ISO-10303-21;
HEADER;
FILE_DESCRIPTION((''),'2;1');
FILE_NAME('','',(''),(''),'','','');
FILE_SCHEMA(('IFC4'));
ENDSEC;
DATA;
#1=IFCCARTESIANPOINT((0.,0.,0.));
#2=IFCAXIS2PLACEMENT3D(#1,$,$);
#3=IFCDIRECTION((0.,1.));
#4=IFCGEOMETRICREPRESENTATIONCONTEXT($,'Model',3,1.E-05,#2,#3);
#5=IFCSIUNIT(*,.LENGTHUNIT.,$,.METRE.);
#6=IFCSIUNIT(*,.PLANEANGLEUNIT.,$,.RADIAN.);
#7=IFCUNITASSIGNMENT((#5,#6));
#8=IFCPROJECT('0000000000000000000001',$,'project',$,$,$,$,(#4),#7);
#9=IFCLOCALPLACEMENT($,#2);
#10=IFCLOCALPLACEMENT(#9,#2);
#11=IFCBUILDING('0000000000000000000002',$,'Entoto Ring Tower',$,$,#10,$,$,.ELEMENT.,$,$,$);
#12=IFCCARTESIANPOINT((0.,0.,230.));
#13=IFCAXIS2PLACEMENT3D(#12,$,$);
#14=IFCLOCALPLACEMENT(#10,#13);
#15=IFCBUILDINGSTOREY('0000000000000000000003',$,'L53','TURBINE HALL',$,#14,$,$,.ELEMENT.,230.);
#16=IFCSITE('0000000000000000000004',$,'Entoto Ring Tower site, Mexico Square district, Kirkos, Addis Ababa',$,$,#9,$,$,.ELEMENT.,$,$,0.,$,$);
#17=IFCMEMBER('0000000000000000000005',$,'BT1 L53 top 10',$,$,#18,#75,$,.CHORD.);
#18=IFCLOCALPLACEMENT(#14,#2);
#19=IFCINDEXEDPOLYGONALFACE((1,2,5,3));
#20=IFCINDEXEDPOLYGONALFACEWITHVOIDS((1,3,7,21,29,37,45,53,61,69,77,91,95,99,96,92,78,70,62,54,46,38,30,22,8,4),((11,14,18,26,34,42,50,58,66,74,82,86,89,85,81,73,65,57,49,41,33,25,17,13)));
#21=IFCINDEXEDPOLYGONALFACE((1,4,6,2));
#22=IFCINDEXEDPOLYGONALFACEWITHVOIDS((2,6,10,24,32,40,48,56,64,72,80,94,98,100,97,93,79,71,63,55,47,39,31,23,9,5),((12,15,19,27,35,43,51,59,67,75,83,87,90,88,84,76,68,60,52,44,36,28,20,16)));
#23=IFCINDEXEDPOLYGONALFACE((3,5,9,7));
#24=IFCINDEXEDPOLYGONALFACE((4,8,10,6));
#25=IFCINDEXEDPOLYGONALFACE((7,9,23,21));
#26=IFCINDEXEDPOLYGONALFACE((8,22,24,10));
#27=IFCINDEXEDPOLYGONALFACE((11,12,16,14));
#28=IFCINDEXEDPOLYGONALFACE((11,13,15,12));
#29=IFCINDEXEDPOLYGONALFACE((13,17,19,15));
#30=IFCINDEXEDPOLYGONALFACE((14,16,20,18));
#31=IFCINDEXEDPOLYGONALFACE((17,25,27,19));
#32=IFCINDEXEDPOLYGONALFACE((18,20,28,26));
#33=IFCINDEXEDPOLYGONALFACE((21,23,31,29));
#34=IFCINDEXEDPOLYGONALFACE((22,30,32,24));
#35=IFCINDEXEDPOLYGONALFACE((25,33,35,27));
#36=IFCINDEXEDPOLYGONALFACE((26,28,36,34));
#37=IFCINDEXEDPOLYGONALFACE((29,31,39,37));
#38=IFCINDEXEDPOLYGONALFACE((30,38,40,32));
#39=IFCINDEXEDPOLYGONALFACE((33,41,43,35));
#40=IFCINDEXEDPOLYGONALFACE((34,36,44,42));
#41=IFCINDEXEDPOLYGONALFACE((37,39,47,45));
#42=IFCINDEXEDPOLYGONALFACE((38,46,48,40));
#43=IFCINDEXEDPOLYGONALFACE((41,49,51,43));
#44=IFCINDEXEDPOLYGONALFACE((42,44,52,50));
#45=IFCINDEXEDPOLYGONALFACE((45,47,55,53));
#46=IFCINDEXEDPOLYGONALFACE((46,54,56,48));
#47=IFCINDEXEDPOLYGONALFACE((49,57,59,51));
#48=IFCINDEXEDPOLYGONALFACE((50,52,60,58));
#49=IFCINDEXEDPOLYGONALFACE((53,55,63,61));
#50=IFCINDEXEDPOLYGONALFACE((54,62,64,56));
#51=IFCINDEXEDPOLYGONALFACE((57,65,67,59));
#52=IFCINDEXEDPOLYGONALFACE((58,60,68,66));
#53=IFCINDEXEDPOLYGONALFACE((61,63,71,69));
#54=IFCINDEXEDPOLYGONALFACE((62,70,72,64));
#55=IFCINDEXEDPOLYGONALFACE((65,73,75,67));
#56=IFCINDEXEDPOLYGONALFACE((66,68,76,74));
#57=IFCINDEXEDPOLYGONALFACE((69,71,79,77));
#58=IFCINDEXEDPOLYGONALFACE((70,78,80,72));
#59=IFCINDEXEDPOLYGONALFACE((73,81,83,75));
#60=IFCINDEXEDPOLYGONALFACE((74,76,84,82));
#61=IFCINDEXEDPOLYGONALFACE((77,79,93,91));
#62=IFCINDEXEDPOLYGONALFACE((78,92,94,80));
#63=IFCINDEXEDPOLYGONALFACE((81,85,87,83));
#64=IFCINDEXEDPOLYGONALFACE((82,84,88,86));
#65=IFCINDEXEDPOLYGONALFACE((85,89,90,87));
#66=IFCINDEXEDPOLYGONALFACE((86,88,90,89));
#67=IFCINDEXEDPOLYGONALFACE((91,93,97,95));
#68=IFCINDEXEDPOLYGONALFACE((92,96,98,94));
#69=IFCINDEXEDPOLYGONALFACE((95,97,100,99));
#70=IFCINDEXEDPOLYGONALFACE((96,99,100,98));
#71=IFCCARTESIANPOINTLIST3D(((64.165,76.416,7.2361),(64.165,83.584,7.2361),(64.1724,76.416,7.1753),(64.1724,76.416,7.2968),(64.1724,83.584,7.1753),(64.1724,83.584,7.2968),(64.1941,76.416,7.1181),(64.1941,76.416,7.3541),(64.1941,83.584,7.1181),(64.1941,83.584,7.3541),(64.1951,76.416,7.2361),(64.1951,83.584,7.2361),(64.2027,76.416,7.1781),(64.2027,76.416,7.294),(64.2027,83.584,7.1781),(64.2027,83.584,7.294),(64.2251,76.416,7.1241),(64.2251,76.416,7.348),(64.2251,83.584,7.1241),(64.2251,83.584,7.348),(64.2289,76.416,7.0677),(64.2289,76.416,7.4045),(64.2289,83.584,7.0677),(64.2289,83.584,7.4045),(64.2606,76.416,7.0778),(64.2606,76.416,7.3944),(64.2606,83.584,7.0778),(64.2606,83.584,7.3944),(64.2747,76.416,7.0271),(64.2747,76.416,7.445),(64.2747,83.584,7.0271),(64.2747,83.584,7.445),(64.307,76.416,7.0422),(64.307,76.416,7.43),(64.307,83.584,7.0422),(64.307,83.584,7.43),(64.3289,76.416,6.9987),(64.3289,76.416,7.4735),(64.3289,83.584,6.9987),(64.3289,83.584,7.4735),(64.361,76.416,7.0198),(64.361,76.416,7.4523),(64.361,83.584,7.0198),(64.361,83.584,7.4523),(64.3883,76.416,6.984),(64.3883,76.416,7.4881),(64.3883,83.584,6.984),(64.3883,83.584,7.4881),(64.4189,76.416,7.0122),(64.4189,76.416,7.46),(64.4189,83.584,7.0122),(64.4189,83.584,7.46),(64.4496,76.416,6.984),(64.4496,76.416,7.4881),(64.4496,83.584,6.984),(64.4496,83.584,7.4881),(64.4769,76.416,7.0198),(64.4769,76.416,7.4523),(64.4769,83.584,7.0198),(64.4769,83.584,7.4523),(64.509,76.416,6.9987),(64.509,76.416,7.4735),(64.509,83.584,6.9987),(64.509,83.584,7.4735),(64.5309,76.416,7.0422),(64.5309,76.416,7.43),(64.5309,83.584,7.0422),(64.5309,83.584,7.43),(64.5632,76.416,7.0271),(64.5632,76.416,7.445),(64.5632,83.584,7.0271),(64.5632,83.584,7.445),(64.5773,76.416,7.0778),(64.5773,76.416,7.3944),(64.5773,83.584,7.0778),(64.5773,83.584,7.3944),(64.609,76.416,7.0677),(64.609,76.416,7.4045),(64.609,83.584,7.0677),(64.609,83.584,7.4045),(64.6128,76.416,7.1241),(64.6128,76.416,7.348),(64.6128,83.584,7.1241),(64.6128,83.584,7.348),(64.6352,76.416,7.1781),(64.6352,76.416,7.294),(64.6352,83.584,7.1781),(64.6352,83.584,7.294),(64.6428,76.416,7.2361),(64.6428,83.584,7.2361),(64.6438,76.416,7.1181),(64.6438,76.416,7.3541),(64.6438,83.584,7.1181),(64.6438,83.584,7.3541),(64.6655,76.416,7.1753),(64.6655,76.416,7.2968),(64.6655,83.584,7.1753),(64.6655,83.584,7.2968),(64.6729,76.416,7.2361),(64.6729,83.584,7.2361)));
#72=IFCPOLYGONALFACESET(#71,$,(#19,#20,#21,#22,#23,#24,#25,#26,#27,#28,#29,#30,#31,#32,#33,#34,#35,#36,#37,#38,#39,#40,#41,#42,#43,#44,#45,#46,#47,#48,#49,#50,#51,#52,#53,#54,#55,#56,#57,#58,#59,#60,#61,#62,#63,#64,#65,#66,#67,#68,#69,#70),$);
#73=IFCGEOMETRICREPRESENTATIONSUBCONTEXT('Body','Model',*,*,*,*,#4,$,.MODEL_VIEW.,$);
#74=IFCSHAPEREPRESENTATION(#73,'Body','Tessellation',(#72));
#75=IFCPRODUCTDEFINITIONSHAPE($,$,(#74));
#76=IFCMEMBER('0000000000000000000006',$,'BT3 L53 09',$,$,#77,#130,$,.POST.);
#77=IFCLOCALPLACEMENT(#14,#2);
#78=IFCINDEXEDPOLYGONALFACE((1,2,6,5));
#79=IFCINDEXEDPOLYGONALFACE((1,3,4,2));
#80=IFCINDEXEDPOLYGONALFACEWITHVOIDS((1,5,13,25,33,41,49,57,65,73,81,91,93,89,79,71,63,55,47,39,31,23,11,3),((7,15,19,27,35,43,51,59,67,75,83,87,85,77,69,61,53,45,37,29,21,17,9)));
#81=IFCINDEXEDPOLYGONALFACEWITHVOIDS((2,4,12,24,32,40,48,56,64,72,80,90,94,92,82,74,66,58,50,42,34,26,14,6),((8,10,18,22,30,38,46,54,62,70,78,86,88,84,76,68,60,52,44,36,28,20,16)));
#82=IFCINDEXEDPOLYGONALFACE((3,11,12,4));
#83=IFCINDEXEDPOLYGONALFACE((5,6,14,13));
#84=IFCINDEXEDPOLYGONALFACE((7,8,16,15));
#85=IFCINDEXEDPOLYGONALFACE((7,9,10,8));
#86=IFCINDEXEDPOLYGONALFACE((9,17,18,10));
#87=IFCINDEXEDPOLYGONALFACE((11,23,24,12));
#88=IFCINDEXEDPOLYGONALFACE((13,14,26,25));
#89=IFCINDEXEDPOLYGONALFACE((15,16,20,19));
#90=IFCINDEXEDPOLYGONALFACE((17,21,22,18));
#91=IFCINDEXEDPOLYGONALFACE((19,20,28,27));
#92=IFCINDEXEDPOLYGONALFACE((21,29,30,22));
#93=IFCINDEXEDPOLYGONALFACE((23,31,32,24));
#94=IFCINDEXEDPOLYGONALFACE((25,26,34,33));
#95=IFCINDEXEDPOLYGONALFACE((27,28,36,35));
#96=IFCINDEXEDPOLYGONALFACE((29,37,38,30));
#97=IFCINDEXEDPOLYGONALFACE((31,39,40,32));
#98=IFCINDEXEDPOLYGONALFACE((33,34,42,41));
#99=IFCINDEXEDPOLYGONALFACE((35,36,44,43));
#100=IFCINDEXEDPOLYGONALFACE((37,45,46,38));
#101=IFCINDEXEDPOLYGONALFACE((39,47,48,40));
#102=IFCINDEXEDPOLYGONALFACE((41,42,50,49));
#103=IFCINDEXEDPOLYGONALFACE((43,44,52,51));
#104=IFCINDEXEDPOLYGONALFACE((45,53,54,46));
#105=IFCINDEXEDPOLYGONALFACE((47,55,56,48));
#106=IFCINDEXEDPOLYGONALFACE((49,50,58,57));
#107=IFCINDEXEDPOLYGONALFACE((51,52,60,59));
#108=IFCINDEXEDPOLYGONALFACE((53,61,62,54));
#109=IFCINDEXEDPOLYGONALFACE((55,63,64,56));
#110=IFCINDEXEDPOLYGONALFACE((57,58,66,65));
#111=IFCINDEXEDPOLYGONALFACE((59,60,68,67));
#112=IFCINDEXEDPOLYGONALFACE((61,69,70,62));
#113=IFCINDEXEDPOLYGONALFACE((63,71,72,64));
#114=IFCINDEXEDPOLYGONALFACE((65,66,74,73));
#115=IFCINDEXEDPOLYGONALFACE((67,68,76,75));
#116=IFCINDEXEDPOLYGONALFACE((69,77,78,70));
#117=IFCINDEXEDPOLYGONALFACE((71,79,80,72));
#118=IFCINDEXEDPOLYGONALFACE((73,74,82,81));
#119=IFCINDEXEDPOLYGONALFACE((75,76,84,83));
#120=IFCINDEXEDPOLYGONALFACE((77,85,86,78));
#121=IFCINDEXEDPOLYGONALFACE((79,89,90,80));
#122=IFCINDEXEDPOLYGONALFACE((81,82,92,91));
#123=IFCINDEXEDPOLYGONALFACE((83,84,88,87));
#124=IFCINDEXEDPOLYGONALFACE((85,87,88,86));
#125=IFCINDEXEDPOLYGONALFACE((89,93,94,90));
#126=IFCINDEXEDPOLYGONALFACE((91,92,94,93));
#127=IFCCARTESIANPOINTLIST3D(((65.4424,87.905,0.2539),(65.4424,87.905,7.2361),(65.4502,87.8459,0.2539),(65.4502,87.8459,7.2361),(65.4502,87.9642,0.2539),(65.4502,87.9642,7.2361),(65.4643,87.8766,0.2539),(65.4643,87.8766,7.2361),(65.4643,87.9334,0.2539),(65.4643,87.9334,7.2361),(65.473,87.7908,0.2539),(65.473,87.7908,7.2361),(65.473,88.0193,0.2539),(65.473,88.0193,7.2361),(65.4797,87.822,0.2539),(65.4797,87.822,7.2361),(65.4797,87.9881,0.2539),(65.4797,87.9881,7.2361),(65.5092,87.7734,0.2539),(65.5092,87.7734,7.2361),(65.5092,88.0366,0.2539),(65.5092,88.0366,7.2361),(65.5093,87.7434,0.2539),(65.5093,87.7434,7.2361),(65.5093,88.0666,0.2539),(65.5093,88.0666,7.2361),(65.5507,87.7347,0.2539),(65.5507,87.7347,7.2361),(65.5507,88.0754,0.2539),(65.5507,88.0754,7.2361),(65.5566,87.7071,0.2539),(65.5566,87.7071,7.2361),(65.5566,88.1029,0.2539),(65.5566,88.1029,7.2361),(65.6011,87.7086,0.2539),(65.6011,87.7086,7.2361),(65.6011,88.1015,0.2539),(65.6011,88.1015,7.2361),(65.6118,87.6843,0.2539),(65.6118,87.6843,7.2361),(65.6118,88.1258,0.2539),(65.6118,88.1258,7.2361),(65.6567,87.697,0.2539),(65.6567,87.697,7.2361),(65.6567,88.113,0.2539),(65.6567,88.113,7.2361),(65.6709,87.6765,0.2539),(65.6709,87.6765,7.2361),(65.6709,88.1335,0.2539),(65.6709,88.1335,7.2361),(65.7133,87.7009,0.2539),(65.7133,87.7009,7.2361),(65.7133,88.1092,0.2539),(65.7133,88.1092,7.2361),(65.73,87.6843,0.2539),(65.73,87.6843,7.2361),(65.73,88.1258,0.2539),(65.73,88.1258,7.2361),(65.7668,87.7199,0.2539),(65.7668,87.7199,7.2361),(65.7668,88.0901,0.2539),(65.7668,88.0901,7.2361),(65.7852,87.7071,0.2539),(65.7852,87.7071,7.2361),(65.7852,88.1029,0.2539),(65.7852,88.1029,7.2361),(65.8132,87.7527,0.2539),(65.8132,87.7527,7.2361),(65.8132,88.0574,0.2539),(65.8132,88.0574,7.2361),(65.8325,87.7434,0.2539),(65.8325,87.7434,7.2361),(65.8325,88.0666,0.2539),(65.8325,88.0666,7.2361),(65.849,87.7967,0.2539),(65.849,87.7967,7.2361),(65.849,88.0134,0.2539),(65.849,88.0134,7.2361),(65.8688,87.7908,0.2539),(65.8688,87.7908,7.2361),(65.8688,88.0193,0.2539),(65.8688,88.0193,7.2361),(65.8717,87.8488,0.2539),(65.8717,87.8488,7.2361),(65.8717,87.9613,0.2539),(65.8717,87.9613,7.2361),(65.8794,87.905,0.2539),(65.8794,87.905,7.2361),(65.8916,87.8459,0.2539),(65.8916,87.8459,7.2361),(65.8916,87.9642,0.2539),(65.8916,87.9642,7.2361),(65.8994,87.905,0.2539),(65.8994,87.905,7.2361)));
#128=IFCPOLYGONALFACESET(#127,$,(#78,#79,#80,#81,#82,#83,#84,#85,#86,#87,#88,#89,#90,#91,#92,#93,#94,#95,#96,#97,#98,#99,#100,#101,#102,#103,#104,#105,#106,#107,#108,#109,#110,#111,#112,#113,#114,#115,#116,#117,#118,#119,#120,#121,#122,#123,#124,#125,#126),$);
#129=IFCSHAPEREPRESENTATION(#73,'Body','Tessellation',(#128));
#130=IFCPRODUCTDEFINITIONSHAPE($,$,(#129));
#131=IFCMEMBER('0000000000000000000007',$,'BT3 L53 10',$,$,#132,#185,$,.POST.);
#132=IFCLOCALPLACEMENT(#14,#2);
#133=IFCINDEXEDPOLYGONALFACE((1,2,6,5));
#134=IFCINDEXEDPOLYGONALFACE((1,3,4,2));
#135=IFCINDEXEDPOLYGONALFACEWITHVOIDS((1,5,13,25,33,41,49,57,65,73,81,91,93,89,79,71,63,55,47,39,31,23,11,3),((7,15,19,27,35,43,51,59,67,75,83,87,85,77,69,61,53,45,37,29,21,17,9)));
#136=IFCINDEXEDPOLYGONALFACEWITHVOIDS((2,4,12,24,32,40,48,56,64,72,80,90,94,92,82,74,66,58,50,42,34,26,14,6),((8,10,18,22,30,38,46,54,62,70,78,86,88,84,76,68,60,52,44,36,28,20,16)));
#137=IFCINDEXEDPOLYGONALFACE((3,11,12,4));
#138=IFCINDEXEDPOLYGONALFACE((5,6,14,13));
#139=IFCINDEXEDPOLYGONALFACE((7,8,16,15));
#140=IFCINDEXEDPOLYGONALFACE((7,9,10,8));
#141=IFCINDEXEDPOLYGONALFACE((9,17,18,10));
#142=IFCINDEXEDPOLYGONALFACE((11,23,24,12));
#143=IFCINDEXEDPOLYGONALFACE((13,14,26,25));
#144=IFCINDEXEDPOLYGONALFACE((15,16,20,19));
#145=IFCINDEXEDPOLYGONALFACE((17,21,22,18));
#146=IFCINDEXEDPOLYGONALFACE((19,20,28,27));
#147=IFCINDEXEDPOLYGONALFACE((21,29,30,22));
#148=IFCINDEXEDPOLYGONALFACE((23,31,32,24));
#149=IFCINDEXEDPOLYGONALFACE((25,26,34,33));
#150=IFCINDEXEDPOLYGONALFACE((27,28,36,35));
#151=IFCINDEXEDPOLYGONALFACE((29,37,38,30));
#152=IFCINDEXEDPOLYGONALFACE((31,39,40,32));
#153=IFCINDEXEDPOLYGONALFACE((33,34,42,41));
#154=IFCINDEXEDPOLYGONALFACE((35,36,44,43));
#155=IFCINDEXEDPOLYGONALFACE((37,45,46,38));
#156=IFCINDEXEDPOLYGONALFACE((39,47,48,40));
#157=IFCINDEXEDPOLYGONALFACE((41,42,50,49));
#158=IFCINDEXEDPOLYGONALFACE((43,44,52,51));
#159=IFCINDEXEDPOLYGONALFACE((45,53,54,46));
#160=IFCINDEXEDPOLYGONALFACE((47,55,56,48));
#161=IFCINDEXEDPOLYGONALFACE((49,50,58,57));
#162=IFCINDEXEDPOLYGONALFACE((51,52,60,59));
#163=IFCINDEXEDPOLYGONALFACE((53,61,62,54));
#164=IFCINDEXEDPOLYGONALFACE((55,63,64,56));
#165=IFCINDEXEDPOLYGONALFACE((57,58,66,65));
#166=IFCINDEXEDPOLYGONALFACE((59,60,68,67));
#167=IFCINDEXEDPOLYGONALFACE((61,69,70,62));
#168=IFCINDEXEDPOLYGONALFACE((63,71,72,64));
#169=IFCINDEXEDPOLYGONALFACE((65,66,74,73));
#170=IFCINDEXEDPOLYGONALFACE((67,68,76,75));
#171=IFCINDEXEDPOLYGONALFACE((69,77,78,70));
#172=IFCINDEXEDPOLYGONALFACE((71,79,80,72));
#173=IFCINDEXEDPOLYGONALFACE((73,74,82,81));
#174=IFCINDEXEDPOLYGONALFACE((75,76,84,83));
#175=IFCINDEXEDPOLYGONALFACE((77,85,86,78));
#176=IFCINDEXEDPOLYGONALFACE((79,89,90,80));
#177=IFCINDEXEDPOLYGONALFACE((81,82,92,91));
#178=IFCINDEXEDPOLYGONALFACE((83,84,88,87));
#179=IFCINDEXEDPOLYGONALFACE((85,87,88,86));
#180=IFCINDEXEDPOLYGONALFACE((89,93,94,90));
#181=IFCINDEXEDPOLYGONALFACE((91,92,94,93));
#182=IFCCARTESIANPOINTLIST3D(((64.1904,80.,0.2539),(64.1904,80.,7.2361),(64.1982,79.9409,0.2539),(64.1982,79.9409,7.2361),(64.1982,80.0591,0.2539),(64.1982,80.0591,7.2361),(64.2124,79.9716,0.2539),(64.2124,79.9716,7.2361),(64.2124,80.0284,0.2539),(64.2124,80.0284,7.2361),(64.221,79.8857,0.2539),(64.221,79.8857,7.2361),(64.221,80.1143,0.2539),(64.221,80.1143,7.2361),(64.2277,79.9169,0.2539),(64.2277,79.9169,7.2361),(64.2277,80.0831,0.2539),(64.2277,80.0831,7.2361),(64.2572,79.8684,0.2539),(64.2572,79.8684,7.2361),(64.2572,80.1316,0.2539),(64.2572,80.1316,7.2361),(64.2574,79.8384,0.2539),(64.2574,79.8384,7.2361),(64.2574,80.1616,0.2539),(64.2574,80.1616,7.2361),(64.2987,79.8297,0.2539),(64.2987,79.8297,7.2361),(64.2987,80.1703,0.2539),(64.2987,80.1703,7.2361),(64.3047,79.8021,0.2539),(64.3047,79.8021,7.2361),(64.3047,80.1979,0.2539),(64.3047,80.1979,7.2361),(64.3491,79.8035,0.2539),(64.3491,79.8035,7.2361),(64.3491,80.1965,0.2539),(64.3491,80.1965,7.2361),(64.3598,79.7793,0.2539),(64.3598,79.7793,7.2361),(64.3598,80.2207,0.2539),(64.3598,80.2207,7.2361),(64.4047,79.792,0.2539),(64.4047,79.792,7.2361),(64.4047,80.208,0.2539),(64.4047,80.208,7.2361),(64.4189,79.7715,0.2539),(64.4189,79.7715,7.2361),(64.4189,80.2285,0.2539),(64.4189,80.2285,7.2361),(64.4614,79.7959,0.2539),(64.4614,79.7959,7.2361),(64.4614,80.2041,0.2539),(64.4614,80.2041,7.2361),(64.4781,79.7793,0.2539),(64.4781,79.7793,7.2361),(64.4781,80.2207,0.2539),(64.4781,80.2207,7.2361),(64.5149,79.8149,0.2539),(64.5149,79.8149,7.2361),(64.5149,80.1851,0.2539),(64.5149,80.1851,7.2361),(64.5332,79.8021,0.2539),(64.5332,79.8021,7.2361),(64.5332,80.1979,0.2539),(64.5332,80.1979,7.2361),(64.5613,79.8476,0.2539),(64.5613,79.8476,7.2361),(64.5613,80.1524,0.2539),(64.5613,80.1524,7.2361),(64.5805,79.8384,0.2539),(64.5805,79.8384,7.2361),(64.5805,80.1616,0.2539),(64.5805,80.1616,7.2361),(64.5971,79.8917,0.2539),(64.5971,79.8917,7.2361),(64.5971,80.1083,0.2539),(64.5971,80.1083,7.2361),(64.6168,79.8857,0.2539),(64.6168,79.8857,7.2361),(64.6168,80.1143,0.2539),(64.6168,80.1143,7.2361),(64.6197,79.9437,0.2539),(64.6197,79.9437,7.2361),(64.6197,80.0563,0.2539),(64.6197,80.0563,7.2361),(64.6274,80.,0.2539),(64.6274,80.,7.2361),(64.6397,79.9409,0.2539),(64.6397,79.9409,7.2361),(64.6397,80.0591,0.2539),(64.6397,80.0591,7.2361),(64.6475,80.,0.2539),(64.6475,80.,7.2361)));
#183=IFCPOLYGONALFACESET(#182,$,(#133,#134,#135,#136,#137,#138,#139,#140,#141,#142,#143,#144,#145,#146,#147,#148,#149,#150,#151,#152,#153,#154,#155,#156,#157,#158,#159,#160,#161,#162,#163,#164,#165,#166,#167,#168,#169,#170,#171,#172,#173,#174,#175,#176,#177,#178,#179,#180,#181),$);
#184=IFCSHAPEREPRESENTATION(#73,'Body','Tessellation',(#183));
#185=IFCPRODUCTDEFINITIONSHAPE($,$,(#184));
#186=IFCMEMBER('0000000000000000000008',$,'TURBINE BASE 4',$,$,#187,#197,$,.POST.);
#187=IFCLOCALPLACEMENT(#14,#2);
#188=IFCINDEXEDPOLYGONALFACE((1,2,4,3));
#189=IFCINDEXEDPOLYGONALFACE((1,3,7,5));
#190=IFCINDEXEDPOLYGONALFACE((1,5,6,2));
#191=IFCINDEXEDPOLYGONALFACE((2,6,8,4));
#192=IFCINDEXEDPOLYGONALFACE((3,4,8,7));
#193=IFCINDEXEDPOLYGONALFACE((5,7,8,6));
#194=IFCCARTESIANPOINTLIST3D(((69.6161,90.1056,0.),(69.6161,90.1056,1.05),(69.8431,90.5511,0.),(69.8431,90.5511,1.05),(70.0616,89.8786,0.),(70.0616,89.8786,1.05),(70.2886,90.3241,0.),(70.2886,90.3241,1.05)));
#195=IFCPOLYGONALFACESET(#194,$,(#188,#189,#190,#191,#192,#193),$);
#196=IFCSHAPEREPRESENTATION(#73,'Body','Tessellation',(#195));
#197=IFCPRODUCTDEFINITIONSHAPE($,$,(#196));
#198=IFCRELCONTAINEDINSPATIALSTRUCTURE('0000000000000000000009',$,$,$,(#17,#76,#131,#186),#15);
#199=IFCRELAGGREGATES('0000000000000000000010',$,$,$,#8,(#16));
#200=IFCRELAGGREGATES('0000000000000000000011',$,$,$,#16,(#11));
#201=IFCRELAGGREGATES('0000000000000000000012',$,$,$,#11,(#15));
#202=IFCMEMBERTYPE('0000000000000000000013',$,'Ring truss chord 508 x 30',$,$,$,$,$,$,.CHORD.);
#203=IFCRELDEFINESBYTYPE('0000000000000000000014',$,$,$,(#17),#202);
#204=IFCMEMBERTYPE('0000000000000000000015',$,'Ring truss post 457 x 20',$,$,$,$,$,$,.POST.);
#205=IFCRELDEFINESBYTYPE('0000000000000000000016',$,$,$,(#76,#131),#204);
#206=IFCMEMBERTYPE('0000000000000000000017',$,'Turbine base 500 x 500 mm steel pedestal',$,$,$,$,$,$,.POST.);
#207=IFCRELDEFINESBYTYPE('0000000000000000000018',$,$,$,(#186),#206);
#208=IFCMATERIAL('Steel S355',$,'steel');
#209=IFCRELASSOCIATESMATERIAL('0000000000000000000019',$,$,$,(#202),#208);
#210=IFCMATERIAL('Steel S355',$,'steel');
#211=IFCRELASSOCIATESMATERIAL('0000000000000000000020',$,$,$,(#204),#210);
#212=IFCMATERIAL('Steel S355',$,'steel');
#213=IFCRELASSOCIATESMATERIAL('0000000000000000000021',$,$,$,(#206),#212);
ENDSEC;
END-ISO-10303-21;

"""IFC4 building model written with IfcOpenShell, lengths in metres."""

from ifc_helpers import new_model, si_unit, direction, frame, origin, origin_2d, place, context, subcontext, project, spatial, rectangle, circle, hollow_circle, extrude, material, material_profile, profile_set, type_object, element, save


model = new_model("IFC4")

# Units and contexts
model_context = context("Model", 3, precision=1e-05, world=origin(), true_north=direction((0.0, 1.0)))
body_context = subcontext(model_context, "Body", "Model", "MODEL_VIEW")
ifc_project = project(units=[si_unit("LENGTHUNIT", "METRE"), si_unit("PLANEANGLEUNIT", "RADIAN")], contexts=[model_context])

# Site, building, storey
site_placement = place(None, origin())
site = spatial("IfcSite", under=ifc_project, at=site_placement, Name="Entoto Ring Tower site, Mexico Square district, Kirkos, Addis Ababa", CompositionType="ELEMENT", RefElevation=0.0)
building_placement = place(site_placement, origin())
building = spatial("IfcBuilding", under=site, at=building_placement, Name="Entoto Ring Tower", CompositionType="ELEMENT")
storey_placement = place(building_placement, frame((0.0, 0.0, 230.0)))
storey = spatial("IfcBuildingStorey", under=building, at=storey_placement, Name="L53", Description="TURBINE HALL", CompositionType="ELEMENT", Elevation=230.0)

# Members
ifc_material_1 = material(Name="Steel S355", Category="steel")
ifc_material_profile_1 = material_profile(ifc_material_1, hollow_circle(Radius=0.2539, WallThickness=0.03, at=origin_2d()), Name="CHS 508 x 30")
ifc_material_2 = material(Name="Concrete C60/75", Category="concrete")
ifc_material_profile_2 = material_profile(ifc_material_2, circle(Radius=0.2241, at=origin_2d()), Name="Concrete C60/75 infill")
ifc_profile_set_1 = profile_set([ifc_material_profile_1, ifc_material_profile_2], Name="Steel S355")
member_type_1 = type_object("IfcMemberType", Name="Ring truss chord 508 x 30", PredefinedType="CHORD", material=ifc_profile_set_1)
for number, where, z_axis, x_axis, name in (
    (1, (64.4189, 83.584, 7.2361), (0.0, -1.0, 0.0), (1.0, 0.0, 0.0), "BT1 L53 top 10"),
):
    element("IfcMember", number, at=place(storey_placement, frame(where, z_axis=z_axis, x_axis=x_axis)), inside=storey, type_object=member_type_1, Name=name, PredefinedType="CHORD", context=body_context, shape_type="SweptSolid", body=[
        extrude(hollow_circle(Radius=0.2539, WallThickness=0.03, at=origin_2d()), origin(), (0.0, 0.0, 1.0), 7.168),
    ])
ifc_material_3 = material(Name="Steel S355", Category="steel")
ifc_material_profile_3 = material_profile(ifc_material_3, hollow_circle(Radius=0.2285, WallThickness=0.02, at=origin_2d()), Name="CHS 457 x 20")
ifc_material_4 = material(Name="Concrete C60/75", Category="concrete")
ifc_material_profile_4 = material_profile(ifc_material_4, circle(Radius=0.2085, at=origin_2d()), Name="Concrete C60/75 infill")
ifc_profile_set_2 = profile_set([ifc_material_profile_3, ifc_material_profile_4], Name="Steel S355")
member_type_2 = type_object("IfcMemberType", Name="Ring truss post 457 x 20", PredefinedType="POST", material=ifc_profile_set_2)
for number, where, z_axis, x_axis, name in (
    (2, (65.6709, 87.905, 0.2539), (0.0, 0.0, 1.0), (1.0, 0.0, 0.0), "BT3 L53 09"),
    (3, (64.4189, 80.0, 0.2539), (0.0, 0.0, 1.0), (1.0, 0.0, 0.0), "BT3 L53 10"),
):
    element("IfcMember", number, at=place(storey_placement, frame(where, z_axis=z_axis, x_axis=x_axis)), inside=storey, type_object=member_type_2, Name=name, PredefinedType="POST", context=body_context, shape_type="SweptSolid", body=[
        extrude(hollow_circle(Radius=0.2285, WallThickness=0.02, at=origin_2d()), origin(), (0.0, 0.0, 1.0), 6.9822),
    ])
ifc_material_5 = material(Name="Steel S355", Category="steel")
ifc_material_profile_5 = material_profile(ifc_material_5, rectangle(XDim=0.5, YDim=0.5, at=origin_2d()), Name="Turbine base 500 x 500 mm steel pedestal")
ifc_profile_set_3 = profile_set([ifc_material_profile_5], Name="Steel S355")
member_type_3 = type_object("IfcMemberType", Name="Turbine base 500 x 500 mm steel pedestal", PredefinedType="POST", material=ifc_profile_set_3)
member_1_placement = place(storey_placement, frame((69.9524, 90.2148, 0.0), z_axis=(0.0, 0.0, 1.0), x_axis=(-0.45399, -0.891007, 0.0)))
element("IfcMember", 4, at=member_1_placement, inside=storey, type_object=member_type_3, Name="TURBINE BASE 4", PredefinedType="POST", context=body_context, shape_type="SweptSolid", body=[
    extrude(rectangle(XDim=0.5, YDim=0.5, at=origin_2d()), origin(), (0.0, 0.0, 1.0), 1.05),
])

save(model, "model.ifc")
